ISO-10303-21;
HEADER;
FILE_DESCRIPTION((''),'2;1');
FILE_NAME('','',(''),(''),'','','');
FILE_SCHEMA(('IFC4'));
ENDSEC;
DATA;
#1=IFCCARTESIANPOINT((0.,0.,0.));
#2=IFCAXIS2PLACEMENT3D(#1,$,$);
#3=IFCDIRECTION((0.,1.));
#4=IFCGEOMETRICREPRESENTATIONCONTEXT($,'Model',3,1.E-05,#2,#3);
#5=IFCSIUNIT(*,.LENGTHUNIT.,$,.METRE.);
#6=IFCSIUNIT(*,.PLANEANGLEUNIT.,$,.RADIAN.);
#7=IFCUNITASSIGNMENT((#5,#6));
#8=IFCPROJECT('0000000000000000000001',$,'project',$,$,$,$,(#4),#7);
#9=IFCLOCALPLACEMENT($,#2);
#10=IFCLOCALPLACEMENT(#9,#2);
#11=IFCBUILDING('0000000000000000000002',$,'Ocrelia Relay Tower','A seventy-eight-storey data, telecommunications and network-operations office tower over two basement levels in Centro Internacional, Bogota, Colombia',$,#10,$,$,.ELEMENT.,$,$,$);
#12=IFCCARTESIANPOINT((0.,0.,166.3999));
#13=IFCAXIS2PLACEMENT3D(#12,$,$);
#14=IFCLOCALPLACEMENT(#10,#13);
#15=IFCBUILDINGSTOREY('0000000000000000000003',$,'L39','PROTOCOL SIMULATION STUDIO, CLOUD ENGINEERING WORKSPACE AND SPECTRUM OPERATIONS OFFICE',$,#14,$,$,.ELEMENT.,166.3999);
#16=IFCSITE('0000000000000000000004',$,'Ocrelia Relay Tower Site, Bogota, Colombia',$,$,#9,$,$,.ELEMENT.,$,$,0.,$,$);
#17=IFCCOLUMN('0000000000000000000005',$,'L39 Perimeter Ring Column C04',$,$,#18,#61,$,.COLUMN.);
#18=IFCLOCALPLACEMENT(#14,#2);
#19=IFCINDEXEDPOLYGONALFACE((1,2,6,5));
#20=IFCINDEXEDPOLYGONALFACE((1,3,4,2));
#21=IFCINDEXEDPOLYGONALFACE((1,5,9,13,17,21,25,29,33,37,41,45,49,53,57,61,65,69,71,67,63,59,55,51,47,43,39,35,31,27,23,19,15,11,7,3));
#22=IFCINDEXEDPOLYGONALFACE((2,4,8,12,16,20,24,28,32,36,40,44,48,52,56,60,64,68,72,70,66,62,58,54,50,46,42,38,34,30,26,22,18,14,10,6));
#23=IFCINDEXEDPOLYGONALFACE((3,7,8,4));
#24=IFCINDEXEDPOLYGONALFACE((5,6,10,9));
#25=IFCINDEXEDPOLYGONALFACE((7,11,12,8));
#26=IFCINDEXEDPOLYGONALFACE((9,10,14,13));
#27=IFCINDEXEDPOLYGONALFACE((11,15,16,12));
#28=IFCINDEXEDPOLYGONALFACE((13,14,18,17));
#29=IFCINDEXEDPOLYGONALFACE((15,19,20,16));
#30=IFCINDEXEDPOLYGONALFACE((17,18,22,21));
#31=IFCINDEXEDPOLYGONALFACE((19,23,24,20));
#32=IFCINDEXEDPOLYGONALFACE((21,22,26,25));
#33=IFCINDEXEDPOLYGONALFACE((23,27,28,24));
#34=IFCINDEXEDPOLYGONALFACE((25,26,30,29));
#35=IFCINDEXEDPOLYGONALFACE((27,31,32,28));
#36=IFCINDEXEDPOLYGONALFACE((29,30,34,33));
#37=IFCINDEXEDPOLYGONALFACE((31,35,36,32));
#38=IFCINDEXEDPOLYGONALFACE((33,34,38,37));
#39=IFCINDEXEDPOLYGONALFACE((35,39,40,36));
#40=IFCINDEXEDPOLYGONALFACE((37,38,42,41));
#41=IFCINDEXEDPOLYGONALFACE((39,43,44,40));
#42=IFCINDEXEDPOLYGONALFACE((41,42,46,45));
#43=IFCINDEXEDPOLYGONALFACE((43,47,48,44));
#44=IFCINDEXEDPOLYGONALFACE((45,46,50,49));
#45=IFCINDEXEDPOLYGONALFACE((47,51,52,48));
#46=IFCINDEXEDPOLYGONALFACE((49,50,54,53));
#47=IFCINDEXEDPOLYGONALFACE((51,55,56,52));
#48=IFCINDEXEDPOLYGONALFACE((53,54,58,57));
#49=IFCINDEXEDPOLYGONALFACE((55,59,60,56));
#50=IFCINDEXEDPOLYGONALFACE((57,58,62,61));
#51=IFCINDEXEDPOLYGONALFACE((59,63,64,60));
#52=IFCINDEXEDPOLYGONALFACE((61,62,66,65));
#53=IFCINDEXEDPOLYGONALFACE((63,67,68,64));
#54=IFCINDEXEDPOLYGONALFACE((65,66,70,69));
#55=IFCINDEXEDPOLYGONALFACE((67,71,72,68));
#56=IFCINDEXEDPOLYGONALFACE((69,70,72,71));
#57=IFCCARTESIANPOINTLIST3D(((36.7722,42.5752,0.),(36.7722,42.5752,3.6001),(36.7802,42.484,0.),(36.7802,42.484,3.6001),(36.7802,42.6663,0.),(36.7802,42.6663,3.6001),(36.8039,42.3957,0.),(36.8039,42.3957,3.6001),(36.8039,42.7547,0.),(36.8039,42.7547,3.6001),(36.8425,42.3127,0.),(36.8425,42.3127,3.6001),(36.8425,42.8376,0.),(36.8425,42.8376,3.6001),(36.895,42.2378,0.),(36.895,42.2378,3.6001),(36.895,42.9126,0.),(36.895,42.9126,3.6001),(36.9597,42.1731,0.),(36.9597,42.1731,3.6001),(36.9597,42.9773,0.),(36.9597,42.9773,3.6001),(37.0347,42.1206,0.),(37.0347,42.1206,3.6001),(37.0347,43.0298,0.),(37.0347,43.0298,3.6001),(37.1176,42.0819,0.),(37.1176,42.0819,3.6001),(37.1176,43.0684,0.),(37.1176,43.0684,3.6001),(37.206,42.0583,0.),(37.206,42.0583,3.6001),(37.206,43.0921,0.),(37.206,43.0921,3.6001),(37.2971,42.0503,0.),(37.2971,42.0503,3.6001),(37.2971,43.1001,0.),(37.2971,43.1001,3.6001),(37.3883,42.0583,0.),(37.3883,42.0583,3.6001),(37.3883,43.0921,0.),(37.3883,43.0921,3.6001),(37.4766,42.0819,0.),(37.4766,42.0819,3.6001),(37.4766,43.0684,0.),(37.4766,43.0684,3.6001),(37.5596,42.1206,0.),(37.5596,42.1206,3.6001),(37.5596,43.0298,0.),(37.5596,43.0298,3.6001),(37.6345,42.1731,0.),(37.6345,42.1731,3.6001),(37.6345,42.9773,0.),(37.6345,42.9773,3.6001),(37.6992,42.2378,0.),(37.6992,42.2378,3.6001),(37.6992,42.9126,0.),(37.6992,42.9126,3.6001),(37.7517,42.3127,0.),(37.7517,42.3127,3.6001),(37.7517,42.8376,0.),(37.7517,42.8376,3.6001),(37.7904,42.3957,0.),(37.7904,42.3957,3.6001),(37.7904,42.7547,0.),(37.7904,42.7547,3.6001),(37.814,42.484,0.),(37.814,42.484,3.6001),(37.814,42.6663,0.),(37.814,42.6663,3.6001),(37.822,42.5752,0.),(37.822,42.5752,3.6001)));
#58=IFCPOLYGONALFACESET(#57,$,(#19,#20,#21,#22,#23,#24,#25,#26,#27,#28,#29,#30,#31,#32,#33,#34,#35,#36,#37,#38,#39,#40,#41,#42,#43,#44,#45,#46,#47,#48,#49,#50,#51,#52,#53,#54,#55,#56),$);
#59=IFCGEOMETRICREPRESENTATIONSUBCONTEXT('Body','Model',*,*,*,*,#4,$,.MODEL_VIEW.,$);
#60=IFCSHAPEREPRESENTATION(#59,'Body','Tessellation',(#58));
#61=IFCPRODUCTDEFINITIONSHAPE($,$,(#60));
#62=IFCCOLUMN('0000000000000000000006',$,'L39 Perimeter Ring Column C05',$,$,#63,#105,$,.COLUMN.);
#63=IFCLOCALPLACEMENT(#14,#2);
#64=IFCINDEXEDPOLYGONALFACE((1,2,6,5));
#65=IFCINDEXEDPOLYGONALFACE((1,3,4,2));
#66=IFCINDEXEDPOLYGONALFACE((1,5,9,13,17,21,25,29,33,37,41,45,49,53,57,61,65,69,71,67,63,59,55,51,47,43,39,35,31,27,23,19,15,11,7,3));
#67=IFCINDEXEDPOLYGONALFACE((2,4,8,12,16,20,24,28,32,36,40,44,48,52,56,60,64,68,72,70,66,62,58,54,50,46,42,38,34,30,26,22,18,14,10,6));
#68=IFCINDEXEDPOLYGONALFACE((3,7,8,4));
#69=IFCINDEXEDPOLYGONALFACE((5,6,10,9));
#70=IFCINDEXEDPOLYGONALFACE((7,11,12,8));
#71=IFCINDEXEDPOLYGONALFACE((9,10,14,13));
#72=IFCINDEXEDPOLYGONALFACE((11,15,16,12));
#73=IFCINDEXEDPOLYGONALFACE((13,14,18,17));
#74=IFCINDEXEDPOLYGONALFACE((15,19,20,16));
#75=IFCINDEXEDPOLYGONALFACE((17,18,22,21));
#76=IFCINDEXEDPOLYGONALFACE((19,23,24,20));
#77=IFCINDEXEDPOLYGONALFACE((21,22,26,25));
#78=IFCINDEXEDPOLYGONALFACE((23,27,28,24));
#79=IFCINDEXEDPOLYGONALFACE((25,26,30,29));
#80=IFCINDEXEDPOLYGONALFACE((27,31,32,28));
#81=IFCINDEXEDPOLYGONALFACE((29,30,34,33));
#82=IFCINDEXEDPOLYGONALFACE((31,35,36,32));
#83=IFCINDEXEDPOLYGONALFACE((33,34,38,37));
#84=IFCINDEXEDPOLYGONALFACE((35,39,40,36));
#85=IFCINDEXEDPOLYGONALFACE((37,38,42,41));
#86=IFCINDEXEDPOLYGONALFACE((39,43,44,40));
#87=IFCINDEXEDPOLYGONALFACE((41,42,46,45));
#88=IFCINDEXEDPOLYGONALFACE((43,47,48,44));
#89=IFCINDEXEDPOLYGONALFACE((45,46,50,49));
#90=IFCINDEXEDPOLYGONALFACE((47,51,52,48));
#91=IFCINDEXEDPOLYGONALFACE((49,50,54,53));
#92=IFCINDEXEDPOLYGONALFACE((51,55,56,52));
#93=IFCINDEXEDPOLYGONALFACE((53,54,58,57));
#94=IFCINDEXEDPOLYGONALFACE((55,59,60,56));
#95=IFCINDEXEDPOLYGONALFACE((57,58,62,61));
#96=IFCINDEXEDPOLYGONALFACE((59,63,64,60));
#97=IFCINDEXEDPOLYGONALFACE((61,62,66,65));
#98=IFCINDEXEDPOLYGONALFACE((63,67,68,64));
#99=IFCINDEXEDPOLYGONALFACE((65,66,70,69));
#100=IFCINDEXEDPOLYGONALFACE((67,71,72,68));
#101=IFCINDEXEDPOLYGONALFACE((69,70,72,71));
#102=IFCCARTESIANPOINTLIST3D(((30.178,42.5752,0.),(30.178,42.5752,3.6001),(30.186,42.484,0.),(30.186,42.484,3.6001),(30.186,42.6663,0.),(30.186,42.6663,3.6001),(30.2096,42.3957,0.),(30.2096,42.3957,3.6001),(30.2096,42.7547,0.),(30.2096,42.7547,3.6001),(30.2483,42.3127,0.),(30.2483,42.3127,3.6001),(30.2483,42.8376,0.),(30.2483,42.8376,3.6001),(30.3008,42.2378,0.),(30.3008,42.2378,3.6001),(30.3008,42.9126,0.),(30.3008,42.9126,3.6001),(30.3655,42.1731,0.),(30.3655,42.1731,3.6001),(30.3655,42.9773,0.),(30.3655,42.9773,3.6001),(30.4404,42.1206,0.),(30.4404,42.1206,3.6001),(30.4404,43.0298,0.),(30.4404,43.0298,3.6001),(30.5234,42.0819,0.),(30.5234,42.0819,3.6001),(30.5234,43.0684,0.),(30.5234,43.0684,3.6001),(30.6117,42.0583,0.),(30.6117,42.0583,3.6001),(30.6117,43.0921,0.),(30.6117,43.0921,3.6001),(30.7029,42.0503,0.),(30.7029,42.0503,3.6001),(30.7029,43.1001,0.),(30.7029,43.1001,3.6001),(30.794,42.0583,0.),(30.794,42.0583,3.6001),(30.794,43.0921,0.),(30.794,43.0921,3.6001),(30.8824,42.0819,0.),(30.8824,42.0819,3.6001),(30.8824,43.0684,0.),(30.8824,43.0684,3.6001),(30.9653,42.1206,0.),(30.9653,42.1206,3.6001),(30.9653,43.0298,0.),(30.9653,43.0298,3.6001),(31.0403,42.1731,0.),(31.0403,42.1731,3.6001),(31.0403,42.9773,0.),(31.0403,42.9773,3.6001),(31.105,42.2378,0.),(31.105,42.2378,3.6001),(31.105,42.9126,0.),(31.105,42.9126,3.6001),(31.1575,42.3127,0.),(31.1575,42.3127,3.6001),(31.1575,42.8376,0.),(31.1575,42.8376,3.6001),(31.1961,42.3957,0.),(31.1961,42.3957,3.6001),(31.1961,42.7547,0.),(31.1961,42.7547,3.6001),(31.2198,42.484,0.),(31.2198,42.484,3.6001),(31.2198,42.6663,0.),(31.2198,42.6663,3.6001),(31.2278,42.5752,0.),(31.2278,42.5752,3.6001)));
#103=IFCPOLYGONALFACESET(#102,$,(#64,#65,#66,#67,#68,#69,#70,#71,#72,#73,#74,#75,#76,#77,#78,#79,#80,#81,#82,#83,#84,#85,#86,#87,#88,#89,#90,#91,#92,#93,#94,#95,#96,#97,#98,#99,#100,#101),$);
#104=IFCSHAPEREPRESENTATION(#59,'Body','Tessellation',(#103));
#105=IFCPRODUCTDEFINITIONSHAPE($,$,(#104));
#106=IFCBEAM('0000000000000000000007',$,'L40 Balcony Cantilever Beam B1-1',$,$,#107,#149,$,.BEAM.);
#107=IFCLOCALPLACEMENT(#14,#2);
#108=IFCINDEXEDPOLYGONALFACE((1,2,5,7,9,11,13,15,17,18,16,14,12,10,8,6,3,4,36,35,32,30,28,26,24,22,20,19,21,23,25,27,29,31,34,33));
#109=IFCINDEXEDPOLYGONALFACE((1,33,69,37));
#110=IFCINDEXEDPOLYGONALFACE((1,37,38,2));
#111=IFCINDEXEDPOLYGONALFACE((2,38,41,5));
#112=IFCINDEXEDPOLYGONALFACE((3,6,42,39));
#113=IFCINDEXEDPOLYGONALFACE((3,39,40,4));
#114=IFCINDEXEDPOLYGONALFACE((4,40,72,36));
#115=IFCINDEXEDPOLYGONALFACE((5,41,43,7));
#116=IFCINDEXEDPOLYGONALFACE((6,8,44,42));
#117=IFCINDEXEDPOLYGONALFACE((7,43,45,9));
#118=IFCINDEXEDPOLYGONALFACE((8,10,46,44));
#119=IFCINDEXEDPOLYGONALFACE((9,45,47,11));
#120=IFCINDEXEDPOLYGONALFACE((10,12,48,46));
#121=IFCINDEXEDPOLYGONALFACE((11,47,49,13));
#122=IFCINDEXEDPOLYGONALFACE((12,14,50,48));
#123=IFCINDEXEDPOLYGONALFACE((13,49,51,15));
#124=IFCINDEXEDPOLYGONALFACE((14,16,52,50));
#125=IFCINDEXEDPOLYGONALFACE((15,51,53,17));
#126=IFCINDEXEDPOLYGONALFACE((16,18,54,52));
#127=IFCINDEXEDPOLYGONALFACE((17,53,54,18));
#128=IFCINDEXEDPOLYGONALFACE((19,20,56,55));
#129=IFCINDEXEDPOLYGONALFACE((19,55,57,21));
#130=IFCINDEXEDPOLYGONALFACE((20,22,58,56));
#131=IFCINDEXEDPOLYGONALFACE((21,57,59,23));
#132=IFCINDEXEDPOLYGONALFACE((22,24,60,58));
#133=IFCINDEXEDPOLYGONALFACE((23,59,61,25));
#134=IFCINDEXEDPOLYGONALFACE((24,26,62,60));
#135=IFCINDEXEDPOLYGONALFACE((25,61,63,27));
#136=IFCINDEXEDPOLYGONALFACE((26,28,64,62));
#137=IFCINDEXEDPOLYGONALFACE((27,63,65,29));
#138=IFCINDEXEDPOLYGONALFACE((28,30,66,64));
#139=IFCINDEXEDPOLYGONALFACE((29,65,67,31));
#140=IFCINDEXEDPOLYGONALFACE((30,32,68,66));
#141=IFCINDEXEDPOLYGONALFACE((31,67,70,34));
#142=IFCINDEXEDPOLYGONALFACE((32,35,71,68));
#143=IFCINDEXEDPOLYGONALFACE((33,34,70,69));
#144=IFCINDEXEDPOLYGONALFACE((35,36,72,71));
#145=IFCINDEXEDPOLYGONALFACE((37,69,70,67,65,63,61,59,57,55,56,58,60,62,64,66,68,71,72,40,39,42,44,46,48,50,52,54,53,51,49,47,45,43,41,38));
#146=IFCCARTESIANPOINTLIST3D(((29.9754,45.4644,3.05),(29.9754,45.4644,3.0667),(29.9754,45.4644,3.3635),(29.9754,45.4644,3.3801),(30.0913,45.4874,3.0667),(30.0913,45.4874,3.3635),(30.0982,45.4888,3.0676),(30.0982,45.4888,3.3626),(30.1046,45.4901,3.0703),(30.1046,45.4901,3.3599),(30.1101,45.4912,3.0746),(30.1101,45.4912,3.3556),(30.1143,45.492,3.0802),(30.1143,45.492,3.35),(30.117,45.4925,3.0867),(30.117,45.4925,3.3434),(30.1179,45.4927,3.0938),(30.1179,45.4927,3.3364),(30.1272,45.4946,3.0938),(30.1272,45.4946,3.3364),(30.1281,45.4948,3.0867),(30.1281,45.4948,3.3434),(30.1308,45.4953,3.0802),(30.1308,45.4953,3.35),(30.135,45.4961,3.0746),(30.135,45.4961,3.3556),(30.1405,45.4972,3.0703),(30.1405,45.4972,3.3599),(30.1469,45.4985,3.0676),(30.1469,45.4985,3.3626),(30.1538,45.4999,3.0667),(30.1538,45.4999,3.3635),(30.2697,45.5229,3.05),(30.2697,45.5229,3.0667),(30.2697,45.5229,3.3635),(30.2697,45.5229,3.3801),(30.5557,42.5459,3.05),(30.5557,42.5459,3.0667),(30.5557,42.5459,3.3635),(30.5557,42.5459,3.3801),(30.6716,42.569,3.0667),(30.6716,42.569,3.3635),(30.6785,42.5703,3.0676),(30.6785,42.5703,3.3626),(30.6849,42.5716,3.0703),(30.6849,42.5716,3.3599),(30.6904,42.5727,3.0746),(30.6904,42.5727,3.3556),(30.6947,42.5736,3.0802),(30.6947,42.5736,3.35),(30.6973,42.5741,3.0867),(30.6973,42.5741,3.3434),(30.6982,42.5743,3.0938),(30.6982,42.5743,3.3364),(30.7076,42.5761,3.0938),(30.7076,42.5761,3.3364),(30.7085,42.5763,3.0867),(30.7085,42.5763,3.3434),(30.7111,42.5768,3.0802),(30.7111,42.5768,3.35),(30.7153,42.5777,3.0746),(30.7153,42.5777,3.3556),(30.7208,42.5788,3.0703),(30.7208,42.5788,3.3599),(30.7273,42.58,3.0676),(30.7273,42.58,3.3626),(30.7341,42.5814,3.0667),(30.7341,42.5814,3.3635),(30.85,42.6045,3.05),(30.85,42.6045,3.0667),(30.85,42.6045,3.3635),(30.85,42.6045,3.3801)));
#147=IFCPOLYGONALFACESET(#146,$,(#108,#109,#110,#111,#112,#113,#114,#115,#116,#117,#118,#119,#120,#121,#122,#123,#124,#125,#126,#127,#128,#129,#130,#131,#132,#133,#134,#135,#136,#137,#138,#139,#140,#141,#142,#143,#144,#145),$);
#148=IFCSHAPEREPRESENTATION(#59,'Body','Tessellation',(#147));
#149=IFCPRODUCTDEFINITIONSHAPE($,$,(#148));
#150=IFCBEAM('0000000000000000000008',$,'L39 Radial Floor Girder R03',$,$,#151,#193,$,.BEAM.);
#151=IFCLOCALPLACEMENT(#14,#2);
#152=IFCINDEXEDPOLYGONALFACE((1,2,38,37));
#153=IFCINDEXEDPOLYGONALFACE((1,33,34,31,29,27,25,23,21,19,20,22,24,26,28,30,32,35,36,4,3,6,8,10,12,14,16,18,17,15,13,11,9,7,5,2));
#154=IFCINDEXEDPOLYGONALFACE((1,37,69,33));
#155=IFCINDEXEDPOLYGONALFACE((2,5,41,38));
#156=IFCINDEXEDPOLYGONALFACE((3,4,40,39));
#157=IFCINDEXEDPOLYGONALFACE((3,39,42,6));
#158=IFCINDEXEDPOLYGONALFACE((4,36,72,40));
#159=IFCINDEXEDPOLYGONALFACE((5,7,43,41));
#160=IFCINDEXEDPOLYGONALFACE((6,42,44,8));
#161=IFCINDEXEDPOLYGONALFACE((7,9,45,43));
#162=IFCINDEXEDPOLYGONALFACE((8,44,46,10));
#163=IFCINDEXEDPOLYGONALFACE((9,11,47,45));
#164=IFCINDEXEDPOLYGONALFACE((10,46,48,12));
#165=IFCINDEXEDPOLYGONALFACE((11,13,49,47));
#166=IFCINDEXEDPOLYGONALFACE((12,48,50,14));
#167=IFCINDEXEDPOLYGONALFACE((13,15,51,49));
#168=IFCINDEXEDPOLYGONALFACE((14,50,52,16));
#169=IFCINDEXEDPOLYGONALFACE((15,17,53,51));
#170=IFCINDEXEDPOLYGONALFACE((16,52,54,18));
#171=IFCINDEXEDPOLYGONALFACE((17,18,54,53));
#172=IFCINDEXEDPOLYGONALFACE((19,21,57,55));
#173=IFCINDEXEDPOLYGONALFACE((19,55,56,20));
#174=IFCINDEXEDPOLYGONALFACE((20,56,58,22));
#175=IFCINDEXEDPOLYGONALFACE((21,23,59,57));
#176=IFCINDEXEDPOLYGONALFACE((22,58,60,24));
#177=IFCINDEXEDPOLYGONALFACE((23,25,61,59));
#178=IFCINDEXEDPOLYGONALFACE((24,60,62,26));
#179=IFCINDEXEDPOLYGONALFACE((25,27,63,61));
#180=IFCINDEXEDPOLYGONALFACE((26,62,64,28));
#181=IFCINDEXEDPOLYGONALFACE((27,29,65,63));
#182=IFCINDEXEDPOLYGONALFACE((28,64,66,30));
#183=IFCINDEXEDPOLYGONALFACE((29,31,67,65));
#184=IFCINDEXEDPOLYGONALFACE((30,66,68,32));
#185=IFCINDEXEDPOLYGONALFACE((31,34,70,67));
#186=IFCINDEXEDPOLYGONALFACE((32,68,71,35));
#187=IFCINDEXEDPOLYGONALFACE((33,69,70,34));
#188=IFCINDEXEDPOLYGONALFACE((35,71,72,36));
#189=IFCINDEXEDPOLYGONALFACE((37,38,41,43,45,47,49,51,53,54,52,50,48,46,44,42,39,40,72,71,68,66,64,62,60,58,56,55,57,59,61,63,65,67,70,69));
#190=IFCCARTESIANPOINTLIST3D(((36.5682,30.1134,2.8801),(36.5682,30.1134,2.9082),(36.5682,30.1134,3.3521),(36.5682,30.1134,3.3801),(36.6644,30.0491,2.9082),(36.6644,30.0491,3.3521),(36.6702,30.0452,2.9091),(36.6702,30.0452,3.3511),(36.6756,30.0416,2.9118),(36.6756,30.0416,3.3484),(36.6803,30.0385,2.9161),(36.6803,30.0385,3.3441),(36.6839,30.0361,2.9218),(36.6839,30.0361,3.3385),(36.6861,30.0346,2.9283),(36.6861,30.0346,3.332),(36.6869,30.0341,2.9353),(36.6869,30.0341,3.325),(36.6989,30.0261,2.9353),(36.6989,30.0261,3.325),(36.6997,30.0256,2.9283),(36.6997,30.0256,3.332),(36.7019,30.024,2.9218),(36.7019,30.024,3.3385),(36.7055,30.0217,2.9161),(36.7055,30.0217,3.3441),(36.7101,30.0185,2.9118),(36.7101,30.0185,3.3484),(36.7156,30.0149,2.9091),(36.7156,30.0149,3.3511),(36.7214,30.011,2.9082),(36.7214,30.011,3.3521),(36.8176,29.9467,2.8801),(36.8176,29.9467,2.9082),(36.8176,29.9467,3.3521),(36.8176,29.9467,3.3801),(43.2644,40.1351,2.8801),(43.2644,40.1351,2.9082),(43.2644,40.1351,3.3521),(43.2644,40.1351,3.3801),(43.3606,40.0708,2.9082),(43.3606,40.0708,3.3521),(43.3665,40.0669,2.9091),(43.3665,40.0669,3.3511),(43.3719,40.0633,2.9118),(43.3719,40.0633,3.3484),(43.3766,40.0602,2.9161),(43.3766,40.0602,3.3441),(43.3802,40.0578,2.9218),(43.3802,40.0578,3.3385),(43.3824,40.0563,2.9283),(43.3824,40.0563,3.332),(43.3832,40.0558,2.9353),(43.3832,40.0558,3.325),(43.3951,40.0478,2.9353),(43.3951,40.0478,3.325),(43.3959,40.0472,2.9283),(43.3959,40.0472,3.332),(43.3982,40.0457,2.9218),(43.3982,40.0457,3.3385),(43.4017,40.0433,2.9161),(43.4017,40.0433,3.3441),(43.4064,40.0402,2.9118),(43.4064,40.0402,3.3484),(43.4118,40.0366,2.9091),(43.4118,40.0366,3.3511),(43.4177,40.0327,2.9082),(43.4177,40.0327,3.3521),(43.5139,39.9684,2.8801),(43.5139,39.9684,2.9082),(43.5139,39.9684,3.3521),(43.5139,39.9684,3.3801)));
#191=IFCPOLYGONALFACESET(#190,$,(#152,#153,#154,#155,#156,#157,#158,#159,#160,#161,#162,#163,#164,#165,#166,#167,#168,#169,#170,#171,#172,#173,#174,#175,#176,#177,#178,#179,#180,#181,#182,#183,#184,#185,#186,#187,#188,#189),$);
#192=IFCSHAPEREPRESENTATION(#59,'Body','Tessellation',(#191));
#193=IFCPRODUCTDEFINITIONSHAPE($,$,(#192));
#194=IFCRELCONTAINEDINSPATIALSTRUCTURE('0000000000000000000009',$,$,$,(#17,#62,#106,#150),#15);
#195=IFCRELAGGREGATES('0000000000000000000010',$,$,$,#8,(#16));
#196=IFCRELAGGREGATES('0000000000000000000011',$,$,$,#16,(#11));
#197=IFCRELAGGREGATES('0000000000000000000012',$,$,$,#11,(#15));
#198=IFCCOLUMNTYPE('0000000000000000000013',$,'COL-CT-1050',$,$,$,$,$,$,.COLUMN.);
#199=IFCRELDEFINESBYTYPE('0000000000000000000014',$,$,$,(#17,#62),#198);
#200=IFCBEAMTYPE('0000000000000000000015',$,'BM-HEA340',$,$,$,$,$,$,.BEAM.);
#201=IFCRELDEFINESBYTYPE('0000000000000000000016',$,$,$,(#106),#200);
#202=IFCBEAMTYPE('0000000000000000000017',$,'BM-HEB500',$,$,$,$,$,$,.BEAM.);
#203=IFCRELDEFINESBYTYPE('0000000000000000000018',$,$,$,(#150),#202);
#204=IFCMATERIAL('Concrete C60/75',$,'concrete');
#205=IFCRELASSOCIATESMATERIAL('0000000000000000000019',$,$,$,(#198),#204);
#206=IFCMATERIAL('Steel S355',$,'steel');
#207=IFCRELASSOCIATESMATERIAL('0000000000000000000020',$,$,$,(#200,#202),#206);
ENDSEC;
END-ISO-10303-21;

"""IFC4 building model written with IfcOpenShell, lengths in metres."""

from ifc_helpers import new_model, si_unit, direction, frame, origin, origin_2d, place, context, subcontext, project, spatial, circle, i_section, extrude, material, material_profile, profile_set, type_object, element, save


model = new_model("IFC4")

# Units and contexts
model_context = context("Model", 3, precision=1e-05, world=origin(), true_north=direction((0.0, 1.0)))
body_context = subcontext(model_context, "Body", "Model", "MODEL_VIEW")
ifc_project = project(units=[si_unit("LENGTHUNIT", "METRE"), si_unit("PLANEANGLEUNIT", "RADIAN")], contexts=[model_context])

# Site, building, storey
site_placement = place(None, origin())
site = spatial("IfcSite", under=ifc_project, at=site_placement, Name="Ocrelia Relay Tower Site, Bogota, Colombia", CompositionType="ELEMENT", RefElevation=0.0)
building_placement = place(site_placement, origin())
building = spatial("IfcBuilding", under=site, at=building_placement, Name="Ocrelia Relay Tower", Description="A seventy-eight-storey data, telecommunications and network-operations office tower over two basement levels in Centro Internacional, Bogota, Colombia", CompositionType="ELEMENT")
storey_placement = place(building_placement, frame((0.0, 0.0, 166.3999)))
storey = spatial("IfcBuildingStorey", under=building, at=storey_placement, Name="L39", Description="PROTOCOL SIMULATION STUDIO, CLOUD ENGINEERING WORKSPACE AND SPECTRUM OPERATIONS OFFICE", CompositionType="ELEMENT", Elevation=166.3999)

# Columns
ifc_material_1 = material(Name="Concrete C60/75", Category="concrete")
ifc_material_profile_1 = material_profile(ifc_material_1, circle(Radius=0.5249, at=origin_2d()), Name="RC-CIR-1050")
ifc_profile_set_1 = profile_set([ifc_material_profile_1], Name="Concrete C60/75")
column_type = type_object("IfcColumnType", Name="COL-CT-1050", PredefinedType="COLUMN", material=ifc_profile_set_1)
for number, where, z_axis, x_axis, name in (
    (1, (37.2971, 42.5752, 0.0), (0.0, 0.0, 1.0), (1.0, 0.0, 0.0), "L39 Perimeter Ring Column C04"),
    (2, (30.7029, 42.5752, 0.0), (0.0, 0.0, 1.0), (1.0, 0.0, 0.0), "L39 Perimeter Ring Column C05"),
):
    element("IfcColumn", number, at=place(storey_placement, frame(where, z_axis=z_axis, x_axis=x_axis)), inside=storey, type_object=column_type, Name=name, PredefinedType="COLUMN", context=body_context, shape_type="SweptSolid", body=[
        extrude(circle(Radius=0.5249, at=origin_2d()), origin(), (0.0, 0.0, 1.0), 3.6001),
    ])

# Beams
ifc_material_2 = material(Name="Steel S355", Category="steel")
ifc_material_profile_2 = material_profile(ifc_material_2, i_section(OverallWidth=0.3, OverallDepth=0.3301, WebThickness=0.0095, FlangeThickness=0.0166, FilletRadius=0.0271, at=origin_2d()), Name="HEA 340")
ifc_profile_set_2 = profile_set([ifc_material_profile_2], Name="Steel S355")
beam_type_1 = type_object("IfcBeamType", Name="BM-HEA340", PredefinedType="BEAM", material=ifc_profile_set_2)
beam_1_placement = place(storey_placement, frame((30.7029, 42.5752, 3.2151), z_axis=(-0.195027, 0.980798, 0.0), x_axis=(-0.980798, -0.195027, 0.0)))
element("IfcBeam", 3, at=beam_1_placement, inside=storey, type_object=beam_type_1, Name="L40 Balcony Cantilever Beam B1-1", PredefinedType="BEAM", context=body_context, shape_type="SweptSolid", body=[
    extrude(i_section(OverallWidth=0.3, OverallDepth=0.3301, WebThickness=0.0095, FlangeThickness=0.0166, FilletRadius=0.0271, at=origin_2d()), origin(), (0.0, 0.0, 1.0), 2.9756),
])
ifc_material_profile_3 = material_profile(ifc_material_2, i_section(OverallWidth=0.3, OverallDepth=0.5, WebThickness=0.0144, FlangeThickness=0.0281, FilletRadius=0.0271, at=origin_2d()), Name="HEB 500")
ifc_profile_set_3 = profile_set([ifc_material_profile_3], Name="Steel S355")
beam_type_2 = type_object("IfcBeamType", Name="BM-HEB500", PredefinedType="BEAM", material=ifc_profile_set_3)
beam_2_placement = place(storey_placement, frame((43.3892, 40.0518, 3.1301), z_axis=(-0.555569, -0.83147, 0.0), x_axis=(0.83147, -0.555569, 0.0)))
element("IfcBeam", 4, at=beam_2_placement, inside=storey, type_object=beam_type_2, Name="L39 Radial Floor Girder R03", PredefinedType="BEAM", context=body_context, shape_type="SweptSolid", body=[
    extrude(i_section(OverallWidth=0.3, OverallDepth=0.5, WebThickness=0.0144, FlangeThickness=0.0281, FilletRadius=0.0271, at=origin_2d()), origin(), (0.0, 0.0, 1.0), 12.053),
])

save(model, "model.ifc")
